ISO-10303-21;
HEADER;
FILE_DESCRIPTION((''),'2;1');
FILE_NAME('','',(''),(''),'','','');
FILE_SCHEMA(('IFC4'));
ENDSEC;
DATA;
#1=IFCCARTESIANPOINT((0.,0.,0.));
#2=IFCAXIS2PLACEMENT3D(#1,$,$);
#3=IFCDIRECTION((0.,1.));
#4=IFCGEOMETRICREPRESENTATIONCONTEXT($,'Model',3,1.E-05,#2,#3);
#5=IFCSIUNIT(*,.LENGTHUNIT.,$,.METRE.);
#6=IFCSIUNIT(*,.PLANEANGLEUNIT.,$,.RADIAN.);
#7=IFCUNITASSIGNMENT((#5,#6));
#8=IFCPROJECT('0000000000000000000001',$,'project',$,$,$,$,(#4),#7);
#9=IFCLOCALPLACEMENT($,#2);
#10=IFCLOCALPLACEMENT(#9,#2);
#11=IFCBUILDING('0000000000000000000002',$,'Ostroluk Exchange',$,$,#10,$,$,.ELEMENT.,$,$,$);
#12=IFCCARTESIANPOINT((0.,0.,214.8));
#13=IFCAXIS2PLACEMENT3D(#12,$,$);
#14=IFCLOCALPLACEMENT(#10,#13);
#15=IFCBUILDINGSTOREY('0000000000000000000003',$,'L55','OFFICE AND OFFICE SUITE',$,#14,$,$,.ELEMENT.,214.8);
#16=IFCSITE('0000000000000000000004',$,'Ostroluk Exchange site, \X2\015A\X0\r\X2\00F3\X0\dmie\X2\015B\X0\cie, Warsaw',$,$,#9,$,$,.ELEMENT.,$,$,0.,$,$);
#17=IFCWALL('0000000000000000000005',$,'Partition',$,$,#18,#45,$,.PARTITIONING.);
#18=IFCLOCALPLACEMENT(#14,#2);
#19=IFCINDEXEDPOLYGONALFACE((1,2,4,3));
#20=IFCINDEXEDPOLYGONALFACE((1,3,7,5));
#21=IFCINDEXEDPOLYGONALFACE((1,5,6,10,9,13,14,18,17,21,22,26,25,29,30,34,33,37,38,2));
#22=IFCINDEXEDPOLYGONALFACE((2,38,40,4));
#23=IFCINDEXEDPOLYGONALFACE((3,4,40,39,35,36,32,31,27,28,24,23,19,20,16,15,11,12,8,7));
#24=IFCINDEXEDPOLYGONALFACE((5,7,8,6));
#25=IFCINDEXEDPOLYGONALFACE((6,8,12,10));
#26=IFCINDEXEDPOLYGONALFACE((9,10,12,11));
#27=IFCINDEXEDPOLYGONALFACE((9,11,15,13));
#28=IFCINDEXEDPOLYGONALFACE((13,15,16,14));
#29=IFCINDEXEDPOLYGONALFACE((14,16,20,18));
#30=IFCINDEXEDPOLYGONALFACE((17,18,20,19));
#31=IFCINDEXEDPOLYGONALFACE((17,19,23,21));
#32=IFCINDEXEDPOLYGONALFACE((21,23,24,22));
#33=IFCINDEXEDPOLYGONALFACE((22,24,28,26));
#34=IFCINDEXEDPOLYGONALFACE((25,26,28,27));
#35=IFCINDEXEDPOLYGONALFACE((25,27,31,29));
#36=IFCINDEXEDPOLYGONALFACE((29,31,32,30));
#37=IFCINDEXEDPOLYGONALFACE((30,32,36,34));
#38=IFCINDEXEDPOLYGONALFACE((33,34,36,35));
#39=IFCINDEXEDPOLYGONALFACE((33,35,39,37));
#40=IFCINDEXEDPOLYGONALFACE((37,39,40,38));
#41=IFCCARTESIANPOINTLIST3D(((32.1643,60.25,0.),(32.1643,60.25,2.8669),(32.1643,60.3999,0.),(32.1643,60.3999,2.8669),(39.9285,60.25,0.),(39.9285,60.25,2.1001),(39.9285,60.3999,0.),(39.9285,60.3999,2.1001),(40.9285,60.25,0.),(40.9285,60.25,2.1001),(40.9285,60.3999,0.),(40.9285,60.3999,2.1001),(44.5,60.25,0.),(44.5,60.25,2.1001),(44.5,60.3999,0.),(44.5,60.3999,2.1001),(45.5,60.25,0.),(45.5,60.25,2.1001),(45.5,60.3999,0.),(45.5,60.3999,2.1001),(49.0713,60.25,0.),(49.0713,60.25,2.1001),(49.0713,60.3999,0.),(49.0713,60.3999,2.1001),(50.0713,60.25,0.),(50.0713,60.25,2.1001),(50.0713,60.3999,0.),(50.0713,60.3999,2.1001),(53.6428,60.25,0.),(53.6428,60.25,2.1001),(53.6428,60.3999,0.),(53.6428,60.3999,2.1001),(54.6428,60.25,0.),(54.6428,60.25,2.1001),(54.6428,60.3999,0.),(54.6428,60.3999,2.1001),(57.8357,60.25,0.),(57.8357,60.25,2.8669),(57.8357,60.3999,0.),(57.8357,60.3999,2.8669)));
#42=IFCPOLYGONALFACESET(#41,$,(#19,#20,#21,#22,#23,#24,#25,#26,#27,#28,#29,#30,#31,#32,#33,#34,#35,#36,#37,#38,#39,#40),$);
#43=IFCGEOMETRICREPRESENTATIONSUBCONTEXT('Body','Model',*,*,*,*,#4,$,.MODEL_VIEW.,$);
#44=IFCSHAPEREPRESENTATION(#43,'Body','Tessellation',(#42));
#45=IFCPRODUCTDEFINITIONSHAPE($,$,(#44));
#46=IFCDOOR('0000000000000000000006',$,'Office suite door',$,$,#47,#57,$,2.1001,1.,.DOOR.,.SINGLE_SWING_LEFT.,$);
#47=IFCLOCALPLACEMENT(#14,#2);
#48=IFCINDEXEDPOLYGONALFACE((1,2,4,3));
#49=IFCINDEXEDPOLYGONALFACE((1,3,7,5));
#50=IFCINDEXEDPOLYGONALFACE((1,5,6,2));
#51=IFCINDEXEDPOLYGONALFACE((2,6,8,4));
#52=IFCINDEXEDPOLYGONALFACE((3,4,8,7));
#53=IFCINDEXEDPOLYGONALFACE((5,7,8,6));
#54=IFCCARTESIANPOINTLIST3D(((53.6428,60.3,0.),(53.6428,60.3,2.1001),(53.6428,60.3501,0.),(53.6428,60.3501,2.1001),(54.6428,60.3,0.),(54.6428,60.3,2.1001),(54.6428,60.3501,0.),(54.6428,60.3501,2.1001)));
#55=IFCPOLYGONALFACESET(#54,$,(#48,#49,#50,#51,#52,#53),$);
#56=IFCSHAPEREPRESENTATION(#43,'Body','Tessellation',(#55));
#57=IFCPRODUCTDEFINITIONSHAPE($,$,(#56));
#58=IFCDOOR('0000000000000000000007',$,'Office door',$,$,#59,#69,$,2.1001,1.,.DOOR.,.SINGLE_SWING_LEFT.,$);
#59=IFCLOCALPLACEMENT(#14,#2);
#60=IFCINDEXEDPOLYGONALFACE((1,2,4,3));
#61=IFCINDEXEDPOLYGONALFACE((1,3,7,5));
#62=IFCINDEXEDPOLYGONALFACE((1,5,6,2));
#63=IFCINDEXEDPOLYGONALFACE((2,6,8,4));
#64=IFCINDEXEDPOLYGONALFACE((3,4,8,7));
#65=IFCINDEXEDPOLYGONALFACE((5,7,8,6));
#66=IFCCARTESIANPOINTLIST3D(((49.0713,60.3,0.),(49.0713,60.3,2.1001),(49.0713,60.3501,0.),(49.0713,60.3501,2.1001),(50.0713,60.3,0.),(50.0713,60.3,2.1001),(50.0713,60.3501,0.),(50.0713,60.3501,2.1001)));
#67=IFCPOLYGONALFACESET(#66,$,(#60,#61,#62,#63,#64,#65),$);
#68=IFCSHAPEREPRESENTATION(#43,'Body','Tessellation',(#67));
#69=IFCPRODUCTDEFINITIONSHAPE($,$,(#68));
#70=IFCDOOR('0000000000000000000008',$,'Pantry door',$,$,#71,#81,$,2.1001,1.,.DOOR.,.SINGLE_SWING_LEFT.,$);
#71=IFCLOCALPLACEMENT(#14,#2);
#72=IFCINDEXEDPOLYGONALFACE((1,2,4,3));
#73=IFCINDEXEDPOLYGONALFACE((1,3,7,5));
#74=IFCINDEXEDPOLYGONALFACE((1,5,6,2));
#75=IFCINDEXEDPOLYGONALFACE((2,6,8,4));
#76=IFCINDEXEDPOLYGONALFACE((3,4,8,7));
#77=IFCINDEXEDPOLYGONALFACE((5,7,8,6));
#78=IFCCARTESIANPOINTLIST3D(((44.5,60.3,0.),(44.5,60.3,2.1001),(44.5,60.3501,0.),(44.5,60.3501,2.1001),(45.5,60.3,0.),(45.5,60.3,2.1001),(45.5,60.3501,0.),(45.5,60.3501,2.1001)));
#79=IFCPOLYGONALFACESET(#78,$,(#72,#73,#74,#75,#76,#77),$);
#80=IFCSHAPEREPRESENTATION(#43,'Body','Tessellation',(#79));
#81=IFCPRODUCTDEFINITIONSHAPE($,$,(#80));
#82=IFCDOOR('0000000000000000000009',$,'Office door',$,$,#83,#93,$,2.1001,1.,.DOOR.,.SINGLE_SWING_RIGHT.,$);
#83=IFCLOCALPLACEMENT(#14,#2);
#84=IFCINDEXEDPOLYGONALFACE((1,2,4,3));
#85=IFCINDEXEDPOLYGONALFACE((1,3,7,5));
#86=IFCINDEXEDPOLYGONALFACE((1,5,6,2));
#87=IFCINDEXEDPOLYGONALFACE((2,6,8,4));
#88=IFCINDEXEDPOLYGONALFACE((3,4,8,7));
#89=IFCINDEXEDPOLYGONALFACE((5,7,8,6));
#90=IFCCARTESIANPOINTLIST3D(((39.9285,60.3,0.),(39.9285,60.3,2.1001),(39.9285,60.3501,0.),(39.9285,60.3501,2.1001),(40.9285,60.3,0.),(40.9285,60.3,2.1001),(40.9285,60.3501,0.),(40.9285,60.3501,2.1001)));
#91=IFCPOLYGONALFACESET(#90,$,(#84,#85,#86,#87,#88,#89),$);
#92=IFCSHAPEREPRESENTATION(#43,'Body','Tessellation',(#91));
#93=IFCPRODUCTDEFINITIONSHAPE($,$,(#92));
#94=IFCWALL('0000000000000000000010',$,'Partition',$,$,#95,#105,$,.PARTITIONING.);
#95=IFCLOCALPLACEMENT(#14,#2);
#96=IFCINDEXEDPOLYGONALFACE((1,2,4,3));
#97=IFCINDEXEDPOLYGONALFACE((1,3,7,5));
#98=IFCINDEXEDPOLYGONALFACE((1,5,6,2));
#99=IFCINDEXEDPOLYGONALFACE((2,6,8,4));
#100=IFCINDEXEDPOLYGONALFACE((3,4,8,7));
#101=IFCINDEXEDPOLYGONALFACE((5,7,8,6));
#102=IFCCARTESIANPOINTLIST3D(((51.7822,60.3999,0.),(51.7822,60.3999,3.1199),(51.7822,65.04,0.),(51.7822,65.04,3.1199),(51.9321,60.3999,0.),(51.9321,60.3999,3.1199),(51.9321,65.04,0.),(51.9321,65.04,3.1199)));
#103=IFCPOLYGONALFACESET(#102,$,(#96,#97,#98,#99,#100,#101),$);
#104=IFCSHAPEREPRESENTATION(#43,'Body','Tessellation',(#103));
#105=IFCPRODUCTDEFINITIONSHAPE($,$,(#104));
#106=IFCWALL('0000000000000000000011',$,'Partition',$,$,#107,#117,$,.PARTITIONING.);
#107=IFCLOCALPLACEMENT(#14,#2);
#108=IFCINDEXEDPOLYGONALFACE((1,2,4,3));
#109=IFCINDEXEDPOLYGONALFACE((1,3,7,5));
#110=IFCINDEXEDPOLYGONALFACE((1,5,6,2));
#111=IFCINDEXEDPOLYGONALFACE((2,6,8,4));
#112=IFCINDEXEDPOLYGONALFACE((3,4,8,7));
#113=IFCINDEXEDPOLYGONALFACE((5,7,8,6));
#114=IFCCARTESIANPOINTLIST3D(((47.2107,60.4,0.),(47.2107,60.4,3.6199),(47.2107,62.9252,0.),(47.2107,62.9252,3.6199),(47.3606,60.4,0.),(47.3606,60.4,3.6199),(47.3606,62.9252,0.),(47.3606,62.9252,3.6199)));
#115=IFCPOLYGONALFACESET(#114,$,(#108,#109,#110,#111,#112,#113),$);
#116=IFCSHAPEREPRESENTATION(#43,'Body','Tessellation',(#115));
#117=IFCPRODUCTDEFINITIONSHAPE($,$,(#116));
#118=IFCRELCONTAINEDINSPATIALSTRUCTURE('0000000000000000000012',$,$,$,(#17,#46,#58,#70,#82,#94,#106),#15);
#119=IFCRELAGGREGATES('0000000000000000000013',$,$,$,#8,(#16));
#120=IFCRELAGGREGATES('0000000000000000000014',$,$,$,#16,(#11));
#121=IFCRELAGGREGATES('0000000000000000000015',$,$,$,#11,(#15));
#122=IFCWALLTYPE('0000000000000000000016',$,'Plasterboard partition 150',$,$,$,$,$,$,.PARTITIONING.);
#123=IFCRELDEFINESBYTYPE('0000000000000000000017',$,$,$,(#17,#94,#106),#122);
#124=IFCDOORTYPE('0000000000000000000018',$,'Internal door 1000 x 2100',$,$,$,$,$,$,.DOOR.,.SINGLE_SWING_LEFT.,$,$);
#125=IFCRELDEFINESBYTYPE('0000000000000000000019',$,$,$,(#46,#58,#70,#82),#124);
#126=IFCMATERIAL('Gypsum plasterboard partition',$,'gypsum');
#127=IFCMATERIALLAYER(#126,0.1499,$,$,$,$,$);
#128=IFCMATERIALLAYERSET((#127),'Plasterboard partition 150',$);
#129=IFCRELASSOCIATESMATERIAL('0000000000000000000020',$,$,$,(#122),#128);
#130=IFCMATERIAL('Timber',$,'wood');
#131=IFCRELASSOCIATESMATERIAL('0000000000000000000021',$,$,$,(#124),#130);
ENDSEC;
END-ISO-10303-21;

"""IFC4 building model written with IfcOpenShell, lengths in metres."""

from ifc_helpers import new_model, si_unit, direction, frame, frame_2d, origin, place, context, subcontext, project, spatial, rectangle, extrude, material, layer, layer_set, type_object, element, fill, save


model = new_model("IFC4")

# Units and contexts
model_context = context("Model", 3, precision=1e-05, world=origin(), true_north=direction((0.0, 1.0)))
body_context = subcontext(model_context, "Body", "Model", "MODEL_VIEW")
ifc_project = project(units=[si_unit("LENGTHUNIT", "METRE"), si_unit("PLANEANGLEUNIT", "RADIAN")], contexts=[model_context])

# Site, building, storey
site_placement = place(None, origin())
site = spatial("IfcSite", under=ifc_project, at=site_placement, Name="Ostroluk Exchange site, Śródmieście, Warsaw", CompositionType="ELEMENT", RefElevation=0.0)
building_placement = place(site_placement, origin())
building = spatial("IfcBuilding", under=site, at=building_placement, Name="Ostroluk Exchange", CompositionType="ELEMENT")
storey_placement = place(building_placement, frame((0.0, 0.0, 214.8)))
storey = spatial("IfcBuildingStorey", under=building, at=storey_placement, Name="L55", Description="OFFICE AND OFFICE SUITE", CompositionType="ELEMENT", Elevation=214.8)

# Shared definitions
ifc_material_1 = material(Name="Gypsum plasterboard partition", Category="gypsum")
ifc_layer_1 = layer(ifc_material_1, 0.1499)
ifc_layer_set_1 = layer_set([ifc_layer_1], Name="Plasterboard partition 150")
wall_type = type_object("IfcWallType", Name="Plasterboard partition 150", PredefinedType="PARTITIONING", material=ifc_layer_set_1)
ifc_material_2 = material(Name="Timber", Category="wood")
door_type = type_object("IfcDoorType", Name="Internal door 1000 x 2100", OperationType="SINGLE_SWING_LEFT", PredefinedType="DOOR", material=ifc_material_2)

# Wall, openings, doors
wall_1_placement = place(storey_placement, frame((57.8357, 60.325, 0.0), z_axis=(0.0, 0.0, 1.0), x_axis=(-1.0, 0.0, 0.0)))
wall_1 = element("IfcWall", 1, at=wall_1_placement, inside=storey, type_object=wall_type, Name="Partition", PredefinedType="PARTITIONING", context=body_context, shape_type="SweptSolid", body=[
    extrude(rectangle(XDim=25.6714, YDim=0.1499, at=frame_2d((12.8357, 0.0))), origin(), (0.0, 0.0, 1.0), 2.8669),
])
opening_1_placement = place(wall_1_placement, frame((3.1929, 0.0, 0.0)))
opening_1 = element("IfcOpeningElement", 2, at=opening_1_placement, cuts=wall_1, PredefinedType="OPENING", context=body_context, shape_type="SweptSolid", body=[
    extrude(rectangle(XDim=1.0, YDim=2.1001, at=frame_2d((0.5, 1.05))), frame((0.0, 0.085, 0.0), z_axis=(0.0, -1.0, 0.0), x_axis=(1.0, 0.0, 0.0)), (0.0, 0.0, 1.0), 0.1699),
])
opening_2_placement = place(wall_1_placement, frame((7.7644, 0.0, 0.0)))
opening_2 = element("IfcOpeningElement", 3, at=opening_2_placement, cuts=wall_1, PredefinedType="OPENING", context=body_context, shape_type="SweptSolid", body=[
    extrude(rectangle(XDim=1.0, YDim=2.1001, at=frame_2d((0.5, 1.05))), frame((0.0, 0.085, 0.0), z_axis=(0.0, -1.0, 0.0), x_axis=(1.0, 0.0, 0.0)), (0.0, 0.0, 1.0), 0.1699),
])
opening_3_placement = place(wall_1_placement, frame((12.3357, 0.0, 0.0)))
opening_3 = element("IfcOpeningElement", 4, at=opening_3_placement, cuts=wall_1, PredefinedType="OPENING", context=body_context, shape_type="SweptSolid", body=[
    extrude(rectangle(XDim=1.0, YDim=2.1001, at=frame_2d((0.5, 1.05))), frame((0.0, 0.085, 0.0), z_axis=(0.0, -1.0, 0.0), x_axis=(1.0, 0.0, 0.0)), (0.0, 0.0, 1.0), 0.1699),
])
opening_4_placement = place(wall_1_placement, frame((16.9072, 0.0, 0.0)))
opening_4 = element("IfcOpeningElement", 5, at=opening_4_placement, cuts=wall_1, PredefinedType="OPENING", context=body_context, shape_type="SweptSolid", body=[
    extrude(rectangle(XDim=1.0, YDim=2.1001, at=frame_2d((0.5, 1.05))), frame((0.0, 0.085, 0.0), z_axis=(0.0, -1.0, 0.0), x_axis=(1.0, 0.0, 0.0)), (0.0, 0.0, 1.0), 0.1699),
])
door_1_placement = place(opening_1_placement, origin())
door_1 = element("IfcDoor", 6, at=door_1_placement, inside=storey, type_object=door_type, Name="Office suite door", OperationType="SINGLE_SWING_LEFT", OverallHeight=2.1001, OverallWidth=1.0, PredefinedType="DOOR", context=body_context, shape_type="SweptSolid", body=[
    extrude(rectangle(XDim=1.0, YDim=2.1001, at=frame_2d((0.5, 1.05))), frame((0.0, 0.0249, 0.0), z_axis=(0.0, -1.0, 0.0), x_axis=(1.0, 0.0, 0.0)), (0.0, 0.0, 1.0), 0.05),
])
fill(opening_1, door_1)
door_2_placement = place(opening_2_placement, origin())
door_2 = element("IfcDoor", 7, at=door_2_placement, inside=storey, type_object=door_type, Name="Office door", OperationType="SINGLE_SWING_LEFT", OverallHeight=2.1001, OverallWidth=1.0, PredefinedType="DOOR", context=body_context, shape_type="SweptSolid", body=[
    extrude(rectangle(XDim=1.0, YDim=2.1001, at=frame_2d((0.5, 1.05))), frame((0.0, 0.0249, 0.0), z_axis=(0.0, -1.0, 0.0), x_axis=(1.0, 0.0, 0.0)), (0.0, 0.0, 1.0), 0.05),
])
fill(opening_2, door_2)
door_3_placement = place(opening_3_placement, origin())
door_3 = element("IfcDoor", 8, at=door_3_placement, inside=storey, type_object=door_type, Name="Pantry door", OperationType="SINGLE_SWING_LEFT", OverallHeight=2.1001, OverallWidth=1.0, PredefinedType="DOOR", context=body_context, shape_type="SweptSolid", body=[
    extrude(rectangle(XDim=1.0, YDim=2.1001, at=frame_2d((0.5, 1.05))), frame((0.0, 0.0249, 0.0), z_axis=(0.0, -1.0, 0.0), x_axis=(1.0, 0.0, 0.0)), (0.0, 0.0, 1.0), 0.05),
])
fill(opening_3, door_3)
door_4_placement = place(opening_4_placement, origin())
door_4 = element("IfcDoor", 9, at=door_4_placement, inside=storey, type_object=door_type, Name="Office door", OperationType="SINGLE_SWING_RIGHT", OverallHeight=2.1001, OverallWidth=1.0, PredefinedType="DOOR", context=body_context, shape_type="SweptSolid", body=[
    extrude(rectangle(XDim=1.0, YDim=2.1001, at=frame_2d((0.5, 1.05))), frame((0.0, 0.0249, 0.0), z_axis=(0.0, -1.0, 0.0), x_axis=(1.0, 0.0, 0.0)), (0.0, 0.0, 1.0), 0.05),
])
fill(opening_4, door_4)

# Walls
wall_2_placement = place(storey_placement, frame((51.8572, 60.3999, 0.0), z_axis=(0.0, 0.0, 1.0), x_axis=(0.0, 1.0, 0.0)))
element("IfcWall", 10, at=wall_2_placement, inside=storey, type_object=wall_type, Name="Partition", PredefinedType="PARTITIONING", context=body_context, shape_type="SweptSolid", body=[
    extrude(rectangle(XDim=4.6401, YDim=0.1499, at=frame_2d((2.3201, 0.0))), origin(), (0.0, 0.0, 1.0), 3.1199),
])
wall_3_placement = place(storey_placement, frame((47.2856, 60.3999, 0.0), z_axis=(0.0, 0.0, 1.0), x_axis=(0.0, 1.0, 0.0)))
element("IfcWall", 11, at=wall_3_placement, inside=storey, type_object=wall_type, Name="Partition", PredefinedType="PARTITIONING", context=body_context, shape_type="SweptSolid", body=[
    extrude(rectangle(XDim=2.5251, YDim=0.1499, at=frame_2d((1.2627, 0.0))), origin(), (0.0, 0.0, 1.0), 3.6199),
])

save(model, "model.ifc")
